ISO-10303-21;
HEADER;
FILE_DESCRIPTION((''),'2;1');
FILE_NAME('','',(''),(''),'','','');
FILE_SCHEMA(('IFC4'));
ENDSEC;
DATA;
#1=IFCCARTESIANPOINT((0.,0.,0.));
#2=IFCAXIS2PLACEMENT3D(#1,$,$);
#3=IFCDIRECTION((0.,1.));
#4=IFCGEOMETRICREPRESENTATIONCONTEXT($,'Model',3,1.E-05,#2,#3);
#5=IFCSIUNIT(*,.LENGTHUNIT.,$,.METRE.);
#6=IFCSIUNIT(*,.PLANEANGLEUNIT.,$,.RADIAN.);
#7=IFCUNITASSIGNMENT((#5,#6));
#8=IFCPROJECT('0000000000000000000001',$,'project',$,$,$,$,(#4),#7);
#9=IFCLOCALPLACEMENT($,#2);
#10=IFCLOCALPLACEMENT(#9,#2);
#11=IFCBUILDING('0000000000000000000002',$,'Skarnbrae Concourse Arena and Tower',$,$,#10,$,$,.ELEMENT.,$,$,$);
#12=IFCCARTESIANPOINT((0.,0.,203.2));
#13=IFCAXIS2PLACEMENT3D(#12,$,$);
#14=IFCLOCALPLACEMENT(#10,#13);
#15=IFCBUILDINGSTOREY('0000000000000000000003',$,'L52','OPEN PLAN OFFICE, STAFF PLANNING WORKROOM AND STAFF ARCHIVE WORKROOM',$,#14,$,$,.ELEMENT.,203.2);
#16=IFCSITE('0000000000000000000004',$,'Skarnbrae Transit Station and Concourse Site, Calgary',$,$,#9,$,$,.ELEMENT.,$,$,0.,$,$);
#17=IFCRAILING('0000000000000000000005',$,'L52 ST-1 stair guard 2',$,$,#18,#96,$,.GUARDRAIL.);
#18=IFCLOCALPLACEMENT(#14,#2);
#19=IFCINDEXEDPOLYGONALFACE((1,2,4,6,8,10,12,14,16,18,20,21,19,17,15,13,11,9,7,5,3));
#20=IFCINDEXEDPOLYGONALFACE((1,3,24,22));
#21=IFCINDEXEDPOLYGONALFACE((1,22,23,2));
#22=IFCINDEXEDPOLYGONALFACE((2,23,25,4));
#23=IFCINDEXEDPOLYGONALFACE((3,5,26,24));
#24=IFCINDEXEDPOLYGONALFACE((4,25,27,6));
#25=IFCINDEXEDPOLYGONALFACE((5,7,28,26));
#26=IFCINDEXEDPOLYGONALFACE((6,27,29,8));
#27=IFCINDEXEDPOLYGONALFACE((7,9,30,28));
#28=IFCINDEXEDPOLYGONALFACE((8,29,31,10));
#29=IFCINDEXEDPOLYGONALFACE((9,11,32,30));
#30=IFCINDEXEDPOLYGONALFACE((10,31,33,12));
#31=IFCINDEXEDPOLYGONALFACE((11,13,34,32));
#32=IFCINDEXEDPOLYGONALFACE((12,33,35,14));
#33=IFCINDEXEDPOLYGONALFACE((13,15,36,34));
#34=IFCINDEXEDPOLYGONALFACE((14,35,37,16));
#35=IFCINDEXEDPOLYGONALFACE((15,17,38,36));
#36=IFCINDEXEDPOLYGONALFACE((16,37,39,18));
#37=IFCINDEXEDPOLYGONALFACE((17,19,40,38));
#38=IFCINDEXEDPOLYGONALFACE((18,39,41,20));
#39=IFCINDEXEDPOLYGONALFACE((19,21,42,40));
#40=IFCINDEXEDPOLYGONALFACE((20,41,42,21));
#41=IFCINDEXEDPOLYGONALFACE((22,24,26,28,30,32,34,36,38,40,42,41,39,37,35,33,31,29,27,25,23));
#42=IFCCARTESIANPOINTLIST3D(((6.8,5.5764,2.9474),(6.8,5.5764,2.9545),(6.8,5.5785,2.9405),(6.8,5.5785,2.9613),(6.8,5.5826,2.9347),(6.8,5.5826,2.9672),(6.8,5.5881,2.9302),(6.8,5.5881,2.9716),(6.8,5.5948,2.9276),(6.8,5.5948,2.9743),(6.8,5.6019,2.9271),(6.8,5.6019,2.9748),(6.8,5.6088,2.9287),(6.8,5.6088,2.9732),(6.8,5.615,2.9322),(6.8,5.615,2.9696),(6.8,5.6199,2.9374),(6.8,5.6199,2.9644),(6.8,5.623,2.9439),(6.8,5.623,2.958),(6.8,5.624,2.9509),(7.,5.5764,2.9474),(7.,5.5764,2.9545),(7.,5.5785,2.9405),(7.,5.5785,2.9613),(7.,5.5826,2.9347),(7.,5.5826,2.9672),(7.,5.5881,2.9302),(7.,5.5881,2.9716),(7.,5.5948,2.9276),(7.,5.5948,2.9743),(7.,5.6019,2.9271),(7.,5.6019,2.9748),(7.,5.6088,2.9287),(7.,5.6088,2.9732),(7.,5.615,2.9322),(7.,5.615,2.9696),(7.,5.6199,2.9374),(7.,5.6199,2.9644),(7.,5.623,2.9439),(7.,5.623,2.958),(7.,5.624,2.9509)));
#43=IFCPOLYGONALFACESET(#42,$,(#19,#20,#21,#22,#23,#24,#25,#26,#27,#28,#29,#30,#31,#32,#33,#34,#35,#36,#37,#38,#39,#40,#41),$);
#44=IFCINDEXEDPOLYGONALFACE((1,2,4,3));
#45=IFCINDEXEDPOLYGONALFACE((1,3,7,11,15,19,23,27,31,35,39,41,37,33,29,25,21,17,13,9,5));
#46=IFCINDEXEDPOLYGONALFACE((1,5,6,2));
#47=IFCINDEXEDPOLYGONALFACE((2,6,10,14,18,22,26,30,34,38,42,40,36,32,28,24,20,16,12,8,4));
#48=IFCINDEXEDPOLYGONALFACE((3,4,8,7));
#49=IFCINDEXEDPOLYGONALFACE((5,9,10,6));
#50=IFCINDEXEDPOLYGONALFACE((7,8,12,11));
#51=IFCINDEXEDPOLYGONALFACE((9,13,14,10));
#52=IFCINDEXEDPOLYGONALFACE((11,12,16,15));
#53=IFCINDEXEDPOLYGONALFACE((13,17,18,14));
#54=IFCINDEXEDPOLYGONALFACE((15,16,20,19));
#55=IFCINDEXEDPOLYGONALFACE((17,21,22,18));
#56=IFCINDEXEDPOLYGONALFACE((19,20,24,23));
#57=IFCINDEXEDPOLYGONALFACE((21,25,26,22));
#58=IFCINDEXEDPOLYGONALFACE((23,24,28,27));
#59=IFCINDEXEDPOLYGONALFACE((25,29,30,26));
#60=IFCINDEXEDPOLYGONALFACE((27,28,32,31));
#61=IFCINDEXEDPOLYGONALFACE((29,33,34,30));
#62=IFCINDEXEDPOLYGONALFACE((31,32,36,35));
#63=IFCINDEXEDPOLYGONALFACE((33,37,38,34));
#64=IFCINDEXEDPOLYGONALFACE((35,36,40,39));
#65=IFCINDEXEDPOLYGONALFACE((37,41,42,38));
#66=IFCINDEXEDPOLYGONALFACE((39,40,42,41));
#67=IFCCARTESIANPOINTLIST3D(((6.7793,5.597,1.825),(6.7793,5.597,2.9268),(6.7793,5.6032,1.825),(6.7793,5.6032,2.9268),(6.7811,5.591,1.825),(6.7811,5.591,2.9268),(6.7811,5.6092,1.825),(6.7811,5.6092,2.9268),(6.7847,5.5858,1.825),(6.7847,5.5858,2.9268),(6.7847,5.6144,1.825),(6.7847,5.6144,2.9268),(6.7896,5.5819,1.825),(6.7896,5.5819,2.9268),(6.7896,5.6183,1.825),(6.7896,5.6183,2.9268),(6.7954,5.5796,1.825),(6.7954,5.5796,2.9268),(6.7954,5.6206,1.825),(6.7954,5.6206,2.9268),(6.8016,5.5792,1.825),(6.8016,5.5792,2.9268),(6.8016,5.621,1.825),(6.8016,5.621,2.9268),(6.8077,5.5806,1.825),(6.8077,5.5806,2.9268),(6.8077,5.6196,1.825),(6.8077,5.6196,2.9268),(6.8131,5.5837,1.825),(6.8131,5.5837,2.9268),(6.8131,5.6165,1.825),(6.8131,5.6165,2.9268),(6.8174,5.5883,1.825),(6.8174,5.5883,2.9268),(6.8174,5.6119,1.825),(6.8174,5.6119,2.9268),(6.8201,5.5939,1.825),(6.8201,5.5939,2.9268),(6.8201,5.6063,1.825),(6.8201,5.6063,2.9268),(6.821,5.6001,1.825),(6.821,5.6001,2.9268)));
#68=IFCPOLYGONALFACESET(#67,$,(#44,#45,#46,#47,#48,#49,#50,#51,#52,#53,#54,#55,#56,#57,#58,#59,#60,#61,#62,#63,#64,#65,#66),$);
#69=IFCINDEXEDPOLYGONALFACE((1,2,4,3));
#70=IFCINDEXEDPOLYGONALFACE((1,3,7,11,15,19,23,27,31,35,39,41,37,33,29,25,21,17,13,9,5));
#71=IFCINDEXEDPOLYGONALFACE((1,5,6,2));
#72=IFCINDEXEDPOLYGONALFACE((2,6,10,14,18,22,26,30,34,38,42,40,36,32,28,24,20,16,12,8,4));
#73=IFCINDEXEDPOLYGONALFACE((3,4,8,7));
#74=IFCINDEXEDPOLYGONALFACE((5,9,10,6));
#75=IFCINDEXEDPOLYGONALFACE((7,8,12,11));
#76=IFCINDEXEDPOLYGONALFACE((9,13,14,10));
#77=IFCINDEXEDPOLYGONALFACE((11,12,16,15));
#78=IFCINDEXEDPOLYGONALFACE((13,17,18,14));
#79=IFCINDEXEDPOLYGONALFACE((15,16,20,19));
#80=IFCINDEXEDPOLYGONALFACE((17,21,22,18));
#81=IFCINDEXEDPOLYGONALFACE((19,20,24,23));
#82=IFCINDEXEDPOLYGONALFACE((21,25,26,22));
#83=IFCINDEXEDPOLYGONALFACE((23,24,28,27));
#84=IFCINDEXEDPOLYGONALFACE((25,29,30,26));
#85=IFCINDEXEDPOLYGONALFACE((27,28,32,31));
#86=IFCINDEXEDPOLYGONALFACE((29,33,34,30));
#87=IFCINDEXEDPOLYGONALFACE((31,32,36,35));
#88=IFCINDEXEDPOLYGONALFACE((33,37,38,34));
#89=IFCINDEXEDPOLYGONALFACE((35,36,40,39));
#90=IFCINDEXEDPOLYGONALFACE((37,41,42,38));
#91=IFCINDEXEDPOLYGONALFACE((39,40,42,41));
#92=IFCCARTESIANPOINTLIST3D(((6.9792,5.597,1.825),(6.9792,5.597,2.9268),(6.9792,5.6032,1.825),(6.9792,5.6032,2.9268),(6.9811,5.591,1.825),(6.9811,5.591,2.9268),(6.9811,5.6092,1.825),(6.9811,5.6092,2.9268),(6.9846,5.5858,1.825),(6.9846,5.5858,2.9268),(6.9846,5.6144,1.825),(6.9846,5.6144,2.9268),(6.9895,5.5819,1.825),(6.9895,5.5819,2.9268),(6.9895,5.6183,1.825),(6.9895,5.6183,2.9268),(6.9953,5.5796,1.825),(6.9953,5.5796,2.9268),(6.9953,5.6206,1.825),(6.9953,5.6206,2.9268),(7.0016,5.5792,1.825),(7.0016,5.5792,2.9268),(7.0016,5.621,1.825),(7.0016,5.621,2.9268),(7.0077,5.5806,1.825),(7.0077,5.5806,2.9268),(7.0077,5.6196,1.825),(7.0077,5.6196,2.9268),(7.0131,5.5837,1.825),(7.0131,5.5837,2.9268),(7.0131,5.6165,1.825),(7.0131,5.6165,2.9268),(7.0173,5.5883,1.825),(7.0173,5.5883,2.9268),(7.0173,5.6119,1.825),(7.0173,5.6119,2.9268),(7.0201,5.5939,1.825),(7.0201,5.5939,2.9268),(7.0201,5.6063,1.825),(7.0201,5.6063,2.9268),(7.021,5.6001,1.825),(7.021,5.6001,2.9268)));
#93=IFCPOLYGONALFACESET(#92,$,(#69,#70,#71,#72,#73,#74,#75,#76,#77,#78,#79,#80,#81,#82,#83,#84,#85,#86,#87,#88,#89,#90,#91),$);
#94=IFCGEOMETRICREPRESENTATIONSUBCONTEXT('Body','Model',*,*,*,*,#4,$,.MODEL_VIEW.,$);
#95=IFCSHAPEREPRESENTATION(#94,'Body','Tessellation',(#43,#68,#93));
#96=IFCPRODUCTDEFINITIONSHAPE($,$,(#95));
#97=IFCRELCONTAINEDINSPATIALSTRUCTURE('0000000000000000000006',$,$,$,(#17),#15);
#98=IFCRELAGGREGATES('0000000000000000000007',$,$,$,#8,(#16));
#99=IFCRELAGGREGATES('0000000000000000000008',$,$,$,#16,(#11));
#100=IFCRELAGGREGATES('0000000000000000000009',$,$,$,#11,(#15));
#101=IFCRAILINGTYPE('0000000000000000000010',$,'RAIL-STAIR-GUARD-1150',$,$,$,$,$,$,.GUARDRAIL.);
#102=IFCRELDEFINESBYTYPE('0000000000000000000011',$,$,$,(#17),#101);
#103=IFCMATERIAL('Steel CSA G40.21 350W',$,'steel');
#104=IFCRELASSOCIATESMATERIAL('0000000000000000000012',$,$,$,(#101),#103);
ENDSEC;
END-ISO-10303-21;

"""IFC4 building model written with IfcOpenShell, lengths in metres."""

from ifc_helpers import new_model, si_unit, direction, frame, origin, origin_2d, place, context, subcontext, project, spatial, circle, extrude, material, type_object, element, save


model = new_model("IFC4")

# Units and contexts
model_context = context("Model", 3, precision=1e-05, world=origin(), true_north=direction((0.0, 1.0)))
body_context = subcontext(model_context, "Body", "Model", "MODEL_VIEW")
ifc_project = project(units=[si_unit("LENGTHUNIT", "METRE"), si_unit("PLANEANGLEUNIT", "RADIAN")], contexts=[model_context])

# Site, building, storey
site_placement = place(None, origin())
site = spatial("IfcSite", under=ifc_project, at=site_placement, Name="Skarnbrae Transit Station and Concourse Site, Calgary", CompositionType="ELEMENT", RefElevation=0.0)
building_placement = place(site_placement, origin())
building = spatial("IfcBuilding", under=site, at=building_placement, Name="Skarnbrae Concourse Arena and Tower", CompositionType="ELEMENT")
storey_placement = place(building_placement, frame((0.0, 0.0, 203.2)))
storey = spatial("IfcBuildingStorey", under=building, at=storey_placement, Name="L52", Description="OPEN PLAN OFFICE, STAFF PLANNING WORKROOM AND STAFF ARCHIVE WORKROOM", CompositionType="ELEMENT", Elevation=203.2)

# Railing
ifc_material_1 = material(Name="Steel CSA G40.21 350W", Category="steel")
railing_type_1 = type_object("IfcRailingType", Name="RAIL-STAIR-GUARD-1150", PredefinedType="GUARDRAIL", material=ifc_material_1)
railing_1_placement = place(storey_placement, frame((6.8, 5.6001, 1.825)))
element("IfcRailing", 1, at=railing_1_placement, inside=storey, type_object=railing_type_1, Name="L52 ST-1 stair guard 2", PredefinedType="GUARDRAIL", context=body_context, shape_type="SweptSolid", body=[
    extrude(circle(Radius=0.0239, at=origin_2d()), frame((0.0, 0.0, 1.126), z_axis=(1.0, 0.0, 0.0), x_axis=(0.0, 1.0, 0.0)), (0.0, 0.0, 1.0), 0.2),
    extrude(circle(Radius=0.021, at=origin_2d()), origin(), (0.0, 0.0, 1.0), 1.1018),
    extrude(circle(Radius=0.021, at=origin_2d()), frame((0.2, 0.0, 0.0)), (0.0, 0.0, 1.0), 1.1018),
])

save(model, "model.ifc")
